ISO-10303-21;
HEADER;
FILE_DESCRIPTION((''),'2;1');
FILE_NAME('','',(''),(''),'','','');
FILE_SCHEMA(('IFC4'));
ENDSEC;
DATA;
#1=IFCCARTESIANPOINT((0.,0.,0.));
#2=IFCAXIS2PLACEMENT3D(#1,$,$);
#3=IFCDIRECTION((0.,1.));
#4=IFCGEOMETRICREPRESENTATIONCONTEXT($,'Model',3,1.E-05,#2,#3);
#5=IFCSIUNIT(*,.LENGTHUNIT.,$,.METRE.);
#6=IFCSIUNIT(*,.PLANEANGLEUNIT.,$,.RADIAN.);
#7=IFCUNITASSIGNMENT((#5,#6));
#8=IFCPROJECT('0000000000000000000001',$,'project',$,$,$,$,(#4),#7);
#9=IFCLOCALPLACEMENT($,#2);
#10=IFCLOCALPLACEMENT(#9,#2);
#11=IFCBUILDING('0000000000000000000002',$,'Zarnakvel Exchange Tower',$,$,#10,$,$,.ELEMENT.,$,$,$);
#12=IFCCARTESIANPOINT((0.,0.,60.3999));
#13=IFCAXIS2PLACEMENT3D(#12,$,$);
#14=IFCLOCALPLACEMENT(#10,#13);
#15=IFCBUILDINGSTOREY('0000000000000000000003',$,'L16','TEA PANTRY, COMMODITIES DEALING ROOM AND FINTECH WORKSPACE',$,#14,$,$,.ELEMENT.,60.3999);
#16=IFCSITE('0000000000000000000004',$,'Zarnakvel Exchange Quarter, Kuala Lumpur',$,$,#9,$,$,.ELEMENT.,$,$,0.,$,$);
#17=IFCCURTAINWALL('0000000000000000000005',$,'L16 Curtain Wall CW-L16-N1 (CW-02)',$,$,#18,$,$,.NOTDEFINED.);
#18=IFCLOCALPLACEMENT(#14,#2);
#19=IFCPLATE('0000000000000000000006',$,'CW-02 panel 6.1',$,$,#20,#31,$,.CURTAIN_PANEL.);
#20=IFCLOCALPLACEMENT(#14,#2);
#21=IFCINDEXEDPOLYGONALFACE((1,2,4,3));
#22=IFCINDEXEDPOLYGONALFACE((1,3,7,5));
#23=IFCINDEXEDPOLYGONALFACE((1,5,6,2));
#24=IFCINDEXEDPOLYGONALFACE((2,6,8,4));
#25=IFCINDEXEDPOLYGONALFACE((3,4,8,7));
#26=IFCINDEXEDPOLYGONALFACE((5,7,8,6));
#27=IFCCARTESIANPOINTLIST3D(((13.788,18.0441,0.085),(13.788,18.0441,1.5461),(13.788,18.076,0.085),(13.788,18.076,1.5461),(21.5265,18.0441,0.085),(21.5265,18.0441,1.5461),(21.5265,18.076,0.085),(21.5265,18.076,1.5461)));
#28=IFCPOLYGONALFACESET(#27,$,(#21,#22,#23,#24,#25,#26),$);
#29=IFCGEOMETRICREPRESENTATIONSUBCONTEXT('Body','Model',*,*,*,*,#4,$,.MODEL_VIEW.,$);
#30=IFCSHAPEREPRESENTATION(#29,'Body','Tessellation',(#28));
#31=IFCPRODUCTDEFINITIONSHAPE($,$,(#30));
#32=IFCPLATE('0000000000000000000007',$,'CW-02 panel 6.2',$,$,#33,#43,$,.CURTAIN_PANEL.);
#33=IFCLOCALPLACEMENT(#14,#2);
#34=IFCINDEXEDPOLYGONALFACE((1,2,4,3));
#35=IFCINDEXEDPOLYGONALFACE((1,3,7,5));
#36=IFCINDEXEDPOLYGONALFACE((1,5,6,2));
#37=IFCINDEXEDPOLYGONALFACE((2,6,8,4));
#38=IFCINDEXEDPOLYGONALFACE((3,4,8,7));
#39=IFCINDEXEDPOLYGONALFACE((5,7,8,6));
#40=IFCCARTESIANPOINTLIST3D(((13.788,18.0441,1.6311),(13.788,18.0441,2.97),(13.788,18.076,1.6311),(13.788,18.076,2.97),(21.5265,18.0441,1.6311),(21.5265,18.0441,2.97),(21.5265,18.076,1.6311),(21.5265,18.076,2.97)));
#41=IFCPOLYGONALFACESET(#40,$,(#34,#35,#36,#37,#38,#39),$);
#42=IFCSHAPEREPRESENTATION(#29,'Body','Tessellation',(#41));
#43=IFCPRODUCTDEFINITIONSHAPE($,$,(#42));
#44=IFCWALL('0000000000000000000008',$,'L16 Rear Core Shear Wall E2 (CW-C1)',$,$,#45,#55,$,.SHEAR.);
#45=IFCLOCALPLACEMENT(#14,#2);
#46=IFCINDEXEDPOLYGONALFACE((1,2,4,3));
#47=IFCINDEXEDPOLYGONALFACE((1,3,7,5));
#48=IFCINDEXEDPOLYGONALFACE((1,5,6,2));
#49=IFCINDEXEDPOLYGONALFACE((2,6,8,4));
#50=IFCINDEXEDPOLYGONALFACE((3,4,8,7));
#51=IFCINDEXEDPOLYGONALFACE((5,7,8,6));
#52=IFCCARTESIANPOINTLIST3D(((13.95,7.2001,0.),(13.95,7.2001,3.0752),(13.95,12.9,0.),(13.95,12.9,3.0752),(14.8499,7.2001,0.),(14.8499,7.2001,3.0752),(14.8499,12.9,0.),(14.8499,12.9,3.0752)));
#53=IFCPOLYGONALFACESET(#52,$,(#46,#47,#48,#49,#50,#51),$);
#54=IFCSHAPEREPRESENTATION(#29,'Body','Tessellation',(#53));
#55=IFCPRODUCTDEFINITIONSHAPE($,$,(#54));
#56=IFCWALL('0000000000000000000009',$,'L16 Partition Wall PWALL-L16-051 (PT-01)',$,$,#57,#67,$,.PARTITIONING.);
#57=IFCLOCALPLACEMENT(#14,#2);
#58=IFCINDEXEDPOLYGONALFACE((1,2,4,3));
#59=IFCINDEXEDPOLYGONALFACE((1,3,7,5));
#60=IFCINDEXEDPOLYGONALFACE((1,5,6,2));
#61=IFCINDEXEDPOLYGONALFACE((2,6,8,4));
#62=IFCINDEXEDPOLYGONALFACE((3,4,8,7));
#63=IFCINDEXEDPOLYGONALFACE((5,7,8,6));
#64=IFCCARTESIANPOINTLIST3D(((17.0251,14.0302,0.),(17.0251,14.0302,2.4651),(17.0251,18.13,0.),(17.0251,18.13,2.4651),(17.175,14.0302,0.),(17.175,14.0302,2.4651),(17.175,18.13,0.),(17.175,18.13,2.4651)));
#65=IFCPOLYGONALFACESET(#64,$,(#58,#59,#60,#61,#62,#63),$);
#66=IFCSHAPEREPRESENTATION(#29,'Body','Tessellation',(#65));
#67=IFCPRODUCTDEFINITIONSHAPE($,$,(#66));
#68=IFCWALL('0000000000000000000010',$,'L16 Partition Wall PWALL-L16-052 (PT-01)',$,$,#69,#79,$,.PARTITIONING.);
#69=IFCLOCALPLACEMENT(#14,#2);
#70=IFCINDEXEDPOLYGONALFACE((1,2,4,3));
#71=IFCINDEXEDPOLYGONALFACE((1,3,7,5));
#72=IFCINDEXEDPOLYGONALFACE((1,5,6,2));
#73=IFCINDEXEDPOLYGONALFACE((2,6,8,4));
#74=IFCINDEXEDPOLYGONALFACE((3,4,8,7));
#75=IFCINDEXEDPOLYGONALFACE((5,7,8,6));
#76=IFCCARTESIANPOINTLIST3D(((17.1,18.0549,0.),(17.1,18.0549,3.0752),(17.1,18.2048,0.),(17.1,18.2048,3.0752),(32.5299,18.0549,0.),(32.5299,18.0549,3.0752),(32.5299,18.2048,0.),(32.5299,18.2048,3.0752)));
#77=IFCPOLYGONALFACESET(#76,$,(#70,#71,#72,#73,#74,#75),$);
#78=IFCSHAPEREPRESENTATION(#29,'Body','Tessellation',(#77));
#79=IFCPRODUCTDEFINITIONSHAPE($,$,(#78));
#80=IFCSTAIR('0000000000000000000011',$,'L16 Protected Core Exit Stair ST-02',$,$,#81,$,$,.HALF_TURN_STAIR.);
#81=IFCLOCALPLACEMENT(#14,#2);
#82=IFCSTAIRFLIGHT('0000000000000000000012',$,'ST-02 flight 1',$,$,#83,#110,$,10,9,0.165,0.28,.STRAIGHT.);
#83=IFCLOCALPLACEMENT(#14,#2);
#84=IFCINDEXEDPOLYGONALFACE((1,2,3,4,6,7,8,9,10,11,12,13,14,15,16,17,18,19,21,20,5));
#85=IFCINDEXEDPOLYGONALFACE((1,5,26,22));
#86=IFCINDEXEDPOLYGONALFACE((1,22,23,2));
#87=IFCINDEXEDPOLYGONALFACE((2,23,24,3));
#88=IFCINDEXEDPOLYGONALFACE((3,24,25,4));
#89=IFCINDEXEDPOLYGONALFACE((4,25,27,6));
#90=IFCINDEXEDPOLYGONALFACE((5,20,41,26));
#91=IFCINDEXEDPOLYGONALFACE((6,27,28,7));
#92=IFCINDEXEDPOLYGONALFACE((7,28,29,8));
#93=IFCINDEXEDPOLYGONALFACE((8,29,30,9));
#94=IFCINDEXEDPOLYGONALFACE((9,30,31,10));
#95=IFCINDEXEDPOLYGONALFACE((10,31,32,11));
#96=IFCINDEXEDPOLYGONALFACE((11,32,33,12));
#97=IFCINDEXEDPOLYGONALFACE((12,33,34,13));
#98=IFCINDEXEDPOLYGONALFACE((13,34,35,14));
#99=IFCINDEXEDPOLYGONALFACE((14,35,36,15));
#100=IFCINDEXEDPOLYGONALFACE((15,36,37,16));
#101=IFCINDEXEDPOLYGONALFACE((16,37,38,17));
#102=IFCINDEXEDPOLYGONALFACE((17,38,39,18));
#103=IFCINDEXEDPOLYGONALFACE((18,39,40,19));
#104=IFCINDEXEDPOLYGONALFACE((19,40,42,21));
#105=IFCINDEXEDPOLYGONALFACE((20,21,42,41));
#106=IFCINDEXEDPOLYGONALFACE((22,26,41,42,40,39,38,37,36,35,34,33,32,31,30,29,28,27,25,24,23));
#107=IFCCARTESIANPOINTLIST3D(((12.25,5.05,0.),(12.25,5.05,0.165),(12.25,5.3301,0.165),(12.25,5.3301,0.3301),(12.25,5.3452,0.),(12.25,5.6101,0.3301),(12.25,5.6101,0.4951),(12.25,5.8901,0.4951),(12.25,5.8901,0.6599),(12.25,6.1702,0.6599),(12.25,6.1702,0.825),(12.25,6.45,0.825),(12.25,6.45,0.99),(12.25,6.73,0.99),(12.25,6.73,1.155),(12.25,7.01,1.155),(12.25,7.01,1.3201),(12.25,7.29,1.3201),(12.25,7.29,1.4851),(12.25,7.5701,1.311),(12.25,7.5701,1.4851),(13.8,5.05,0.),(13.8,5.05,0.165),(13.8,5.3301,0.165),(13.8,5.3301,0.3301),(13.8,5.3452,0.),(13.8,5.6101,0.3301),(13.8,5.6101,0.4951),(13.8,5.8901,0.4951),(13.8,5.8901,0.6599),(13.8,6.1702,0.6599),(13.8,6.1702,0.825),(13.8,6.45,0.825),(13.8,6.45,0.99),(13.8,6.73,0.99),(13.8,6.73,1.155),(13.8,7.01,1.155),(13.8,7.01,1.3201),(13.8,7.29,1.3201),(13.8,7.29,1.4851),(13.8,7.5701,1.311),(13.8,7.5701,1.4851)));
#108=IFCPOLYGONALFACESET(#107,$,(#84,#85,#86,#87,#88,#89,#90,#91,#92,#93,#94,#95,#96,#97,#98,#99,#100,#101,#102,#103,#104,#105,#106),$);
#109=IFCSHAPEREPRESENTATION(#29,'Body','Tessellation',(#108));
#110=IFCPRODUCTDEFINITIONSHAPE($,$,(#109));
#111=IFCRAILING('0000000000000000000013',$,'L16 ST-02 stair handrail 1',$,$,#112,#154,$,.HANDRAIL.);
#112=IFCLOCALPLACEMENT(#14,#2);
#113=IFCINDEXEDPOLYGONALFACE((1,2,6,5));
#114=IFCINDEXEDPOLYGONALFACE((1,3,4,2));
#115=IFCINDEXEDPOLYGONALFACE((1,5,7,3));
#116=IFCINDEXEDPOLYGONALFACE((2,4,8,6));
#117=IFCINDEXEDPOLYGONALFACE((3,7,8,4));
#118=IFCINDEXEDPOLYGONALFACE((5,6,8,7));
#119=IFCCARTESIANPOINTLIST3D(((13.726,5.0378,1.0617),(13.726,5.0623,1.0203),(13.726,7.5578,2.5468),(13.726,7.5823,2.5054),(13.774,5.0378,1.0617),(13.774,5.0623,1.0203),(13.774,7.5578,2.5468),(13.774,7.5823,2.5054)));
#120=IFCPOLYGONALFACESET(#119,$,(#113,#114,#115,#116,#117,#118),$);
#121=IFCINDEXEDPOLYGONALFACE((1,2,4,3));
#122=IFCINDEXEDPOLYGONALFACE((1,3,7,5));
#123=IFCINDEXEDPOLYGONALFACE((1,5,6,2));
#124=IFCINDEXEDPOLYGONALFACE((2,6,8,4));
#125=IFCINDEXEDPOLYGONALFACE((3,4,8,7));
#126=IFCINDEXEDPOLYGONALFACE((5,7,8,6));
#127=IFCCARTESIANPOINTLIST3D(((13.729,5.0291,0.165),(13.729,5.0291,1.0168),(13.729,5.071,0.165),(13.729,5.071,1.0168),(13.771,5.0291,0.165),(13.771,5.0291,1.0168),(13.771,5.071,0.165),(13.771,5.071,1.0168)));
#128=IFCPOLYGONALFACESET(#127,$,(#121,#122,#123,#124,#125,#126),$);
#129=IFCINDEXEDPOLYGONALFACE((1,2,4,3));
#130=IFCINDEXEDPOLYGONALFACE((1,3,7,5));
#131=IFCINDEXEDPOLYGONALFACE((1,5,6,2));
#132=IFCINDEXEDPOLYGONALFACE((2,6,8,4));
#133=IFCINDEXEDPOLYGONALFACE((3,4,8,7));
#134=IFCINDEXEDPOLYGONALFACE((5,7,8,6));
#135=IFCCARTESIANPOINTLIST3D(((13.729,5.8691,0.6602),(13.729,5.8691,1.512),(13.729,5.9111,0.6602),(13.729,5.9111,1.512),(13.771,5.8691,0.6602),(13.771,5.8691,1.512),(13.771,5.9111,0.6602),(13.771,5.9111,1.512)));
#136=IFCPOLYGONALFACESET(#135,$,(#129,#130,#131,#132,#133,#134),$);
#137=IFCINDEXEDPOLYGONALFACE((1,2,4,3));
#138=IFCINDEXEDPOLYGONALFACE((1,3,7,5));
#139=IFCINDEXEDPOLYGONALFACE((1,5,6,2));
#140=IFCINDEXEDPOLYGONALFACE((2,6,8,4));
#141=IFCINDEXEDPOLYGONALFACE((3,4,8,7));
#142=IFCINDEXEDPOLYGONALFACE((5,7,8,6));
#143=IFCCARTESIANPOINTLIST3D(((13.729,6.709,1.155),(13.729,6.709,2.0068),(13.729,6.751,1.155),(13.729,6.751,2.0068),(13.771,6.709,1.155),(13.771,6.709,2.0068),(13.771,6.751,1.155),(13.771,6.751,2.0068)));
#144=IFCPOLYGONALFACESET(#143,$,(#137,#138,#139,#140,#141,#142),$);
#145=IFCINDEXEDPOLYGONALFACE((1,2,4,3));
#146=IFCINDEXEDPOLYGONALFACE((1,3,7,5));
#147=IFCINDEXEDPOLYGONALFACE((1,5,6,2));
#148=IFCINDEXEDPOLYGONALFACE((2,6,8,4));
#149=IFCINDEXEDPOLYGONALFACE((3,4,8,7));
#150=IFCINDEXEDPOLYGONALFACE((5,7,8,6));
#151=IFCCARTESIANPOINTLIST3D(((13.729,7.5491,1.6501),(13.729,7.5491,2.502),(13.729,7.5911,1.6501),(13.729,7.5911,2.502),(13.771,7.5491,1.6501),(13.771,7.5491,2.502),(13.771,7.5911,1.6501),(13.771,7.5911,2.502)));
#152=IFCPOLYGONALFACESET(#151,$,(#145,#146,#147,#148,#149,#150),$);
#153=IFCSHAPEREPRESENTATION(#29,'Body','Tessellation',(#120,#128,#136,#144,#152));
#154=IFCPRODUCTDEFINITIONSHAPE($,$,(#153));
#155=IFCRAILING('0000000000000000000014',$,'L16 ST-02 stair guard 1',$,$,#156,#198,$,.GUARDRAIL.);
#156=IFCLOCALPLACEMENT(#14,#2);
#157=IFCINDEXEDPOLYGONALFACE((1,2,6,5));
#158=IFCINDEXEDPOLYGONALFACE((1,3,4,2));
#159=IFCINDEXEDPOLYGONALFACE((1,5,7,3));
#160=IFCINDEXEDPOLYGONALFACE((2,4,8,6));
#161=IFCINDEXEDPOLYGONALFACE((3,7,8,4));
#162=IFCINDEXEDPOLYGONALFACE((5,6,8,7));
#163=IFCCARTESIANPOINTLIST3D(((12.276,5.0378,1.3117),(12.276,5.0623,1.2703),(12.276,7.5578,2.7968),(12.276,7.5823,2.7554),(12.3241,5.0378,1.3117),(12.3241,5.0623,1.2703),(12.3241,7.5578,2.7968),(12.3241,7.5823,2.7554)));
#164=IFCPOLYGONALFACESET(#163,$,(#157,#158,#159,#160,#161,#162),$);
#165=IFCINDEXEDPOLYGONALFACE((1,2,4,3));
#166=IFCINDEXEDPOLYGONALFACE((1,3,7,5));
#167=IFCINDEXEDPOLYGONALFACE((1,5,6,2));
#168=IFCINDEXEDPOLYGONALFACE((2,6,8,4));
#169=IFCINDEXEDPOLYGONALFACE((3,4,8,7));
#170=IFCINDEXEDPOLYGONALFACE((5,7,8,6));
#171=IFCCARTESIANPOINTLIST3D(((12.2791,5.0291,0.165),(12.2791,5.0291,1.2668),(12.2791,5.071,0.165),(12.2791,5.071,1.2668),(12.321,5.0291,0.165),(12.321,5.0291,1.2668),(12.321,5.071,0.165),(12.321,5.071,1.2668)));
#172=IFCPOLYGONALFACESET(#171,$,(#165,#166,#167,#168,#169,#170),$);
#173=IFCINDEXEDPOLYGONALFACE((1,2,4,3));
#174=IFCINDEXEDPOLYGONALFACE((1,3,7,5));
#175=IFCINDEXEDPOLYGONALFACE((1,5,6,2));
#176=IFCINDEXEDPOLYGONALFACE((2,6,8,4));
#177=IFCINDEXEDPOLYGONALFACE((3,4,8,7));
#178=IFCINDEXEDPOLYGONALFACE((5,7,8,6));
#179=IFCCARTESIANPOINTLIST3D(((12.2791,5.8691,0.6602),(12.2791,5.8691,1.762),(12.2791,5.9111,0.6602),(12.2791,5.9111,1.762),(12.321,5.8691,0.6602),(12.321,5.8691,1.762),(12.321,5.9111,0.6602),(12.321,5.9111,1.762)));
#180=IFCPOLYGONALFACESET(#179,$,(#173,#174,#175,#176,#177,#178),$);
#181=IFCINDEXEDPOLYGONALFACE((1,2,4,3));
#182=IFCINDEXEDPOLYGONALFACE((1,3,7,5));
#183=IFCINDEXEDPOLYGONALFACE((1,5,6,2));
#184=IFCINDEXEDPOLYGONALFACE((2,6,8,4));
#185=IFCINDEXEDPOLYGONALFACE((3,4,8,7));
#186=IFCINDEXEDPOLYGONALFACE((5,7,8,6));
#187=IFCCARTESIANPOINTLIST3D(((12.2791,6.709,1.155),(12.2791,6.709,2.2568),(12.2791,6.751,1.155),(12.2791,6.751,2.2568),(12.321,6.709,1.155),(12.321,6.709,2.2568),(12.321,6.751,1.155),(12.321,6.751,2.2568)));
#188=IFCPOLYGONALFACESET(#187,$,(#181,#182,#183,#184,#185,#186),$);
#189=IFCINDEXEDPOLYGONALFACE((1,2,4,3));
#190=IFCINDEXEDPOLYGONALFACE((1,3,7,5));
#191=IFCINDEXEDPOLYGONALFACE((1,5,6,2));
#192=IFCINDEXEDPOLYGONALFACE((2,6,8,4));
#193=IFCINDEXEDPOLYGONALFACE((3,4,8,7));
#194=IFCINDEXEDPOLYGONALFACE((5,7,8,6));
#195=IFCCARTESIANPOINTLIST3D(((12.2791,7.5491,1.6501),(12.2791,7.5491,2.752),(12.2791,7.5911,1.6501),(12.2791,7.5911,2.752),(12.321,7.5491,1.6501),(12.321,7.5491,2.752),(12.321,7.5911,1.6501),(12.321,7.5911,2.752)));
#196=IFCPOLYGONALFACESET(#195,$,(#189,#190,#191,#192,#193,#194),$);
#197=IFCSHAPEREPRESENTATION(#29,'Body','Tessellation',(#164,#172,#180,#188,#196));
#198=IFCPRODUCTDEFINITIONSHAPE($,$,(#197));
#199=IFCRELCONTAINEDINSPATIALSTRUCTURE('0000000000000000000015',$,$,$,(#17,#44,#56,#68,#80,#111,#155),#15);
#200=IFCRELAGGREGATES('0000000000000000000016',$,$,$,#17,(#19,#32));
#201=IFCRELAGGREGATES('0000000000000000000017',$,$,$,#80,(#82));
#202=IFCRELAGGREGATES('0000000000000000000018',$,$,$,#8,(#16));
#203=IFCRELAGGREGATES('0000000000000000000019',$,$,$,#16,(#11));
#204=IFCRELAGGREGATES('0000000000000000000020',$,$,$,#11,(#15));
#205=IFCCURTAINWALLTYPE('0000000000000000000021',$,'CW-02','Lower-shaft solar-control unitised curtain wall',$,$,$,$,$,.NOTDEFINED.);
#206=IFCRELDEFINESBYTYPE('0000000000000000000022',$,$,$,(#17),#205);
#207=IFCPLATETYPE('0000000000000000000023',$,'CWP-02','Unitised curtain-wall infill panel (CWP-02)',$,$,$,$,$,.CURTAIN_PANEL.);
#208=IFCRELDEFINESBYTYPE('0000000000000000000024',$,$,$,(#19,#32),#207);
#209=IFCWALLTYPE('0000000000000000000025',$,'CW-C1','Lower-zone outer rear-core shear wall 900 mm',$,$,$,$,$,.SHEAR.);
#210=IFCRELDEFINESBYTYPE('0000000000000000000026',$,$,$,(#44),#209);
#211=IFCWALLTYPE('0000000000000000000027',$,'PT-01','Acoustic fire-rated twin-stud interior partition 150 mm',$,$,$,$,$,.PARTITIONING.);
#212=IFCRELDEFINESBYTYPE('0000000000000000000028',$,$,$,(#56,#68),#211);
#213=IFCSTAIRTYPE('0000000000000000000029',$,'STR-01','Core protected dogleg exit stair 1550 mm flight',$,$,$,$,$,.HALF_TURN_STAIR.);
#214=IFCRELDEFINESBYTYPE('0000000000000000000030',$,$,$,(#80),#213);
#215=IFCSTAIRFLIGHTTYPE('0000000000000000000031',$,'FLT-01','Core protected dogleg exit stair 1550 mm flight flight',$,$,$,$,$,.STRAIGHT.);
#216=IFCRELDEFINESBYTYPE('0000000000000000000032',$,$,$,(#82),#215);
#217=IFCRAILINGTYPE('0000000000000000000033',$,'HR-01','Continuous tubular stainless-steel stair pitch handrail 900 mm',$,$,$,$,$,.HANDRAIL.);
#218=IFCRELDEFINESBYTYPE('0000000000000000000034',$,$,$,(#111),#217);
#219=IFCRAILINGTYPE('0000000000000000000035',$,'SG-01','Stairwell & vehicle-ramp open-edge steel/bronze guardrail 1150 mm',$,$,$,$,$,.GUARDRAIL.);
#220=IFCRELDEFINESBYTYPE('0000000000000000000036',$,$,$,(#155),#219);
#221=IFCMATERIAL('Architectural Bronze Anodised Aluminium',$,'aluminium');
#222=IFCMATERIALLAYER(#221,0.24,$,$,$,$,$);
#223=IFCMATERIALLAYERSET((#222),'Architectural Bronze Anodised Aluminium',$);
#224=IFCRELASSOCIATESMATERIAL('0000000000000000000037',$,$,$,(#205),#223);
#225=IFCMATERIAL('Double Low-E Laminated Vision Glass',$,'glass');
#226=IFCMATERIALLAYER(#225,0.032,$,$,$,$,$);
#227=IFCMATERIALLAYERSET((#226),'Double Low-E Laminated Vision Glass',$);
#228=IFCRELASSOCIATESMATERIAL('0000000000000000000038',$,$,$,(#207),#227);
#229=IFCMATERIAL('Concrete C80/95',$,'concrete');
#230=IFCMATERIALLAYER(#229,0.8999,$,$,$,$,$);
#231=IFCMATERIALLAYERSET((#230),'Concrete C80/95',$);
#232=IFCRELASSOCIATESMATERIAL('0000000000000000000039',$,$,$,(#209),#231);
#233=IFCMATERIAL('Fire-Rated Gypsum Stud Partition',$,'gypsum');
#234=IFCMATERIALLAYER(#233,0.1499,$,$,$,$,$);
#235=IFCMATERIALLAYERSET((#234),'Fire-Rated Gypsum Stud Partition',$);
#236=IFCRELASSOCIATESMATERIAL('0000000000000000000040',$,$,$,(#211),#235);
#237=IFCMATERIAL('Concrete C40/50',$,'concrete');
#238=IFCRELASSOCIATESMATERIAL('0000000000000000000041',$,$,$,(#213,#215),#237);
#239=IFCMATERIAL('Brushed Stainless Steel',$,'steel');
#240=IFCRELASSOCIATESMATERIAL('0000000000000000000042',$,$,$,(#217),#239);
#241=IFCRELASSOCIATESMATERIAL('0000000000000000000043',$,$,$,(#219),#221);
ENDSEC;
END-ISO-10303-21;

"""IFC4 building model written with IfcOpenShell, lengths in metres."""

from ifc_helpers import new_model, si_unit, direction, frame, frame_2d, origin, origin_2d, place, context, subcontext, project, spatial, polyline, rectangle, outline, extrude, source, transform, mapped, material, layer, layer_set, type_object, element, aggregate, save


model = new_model("IFC4")

# Units and contexts
model_context = context("Model", 3, precision=1e-05, world=origin(), true_north=direction((0.0, 1.0)))
body_context = subcontext(model_context, "Body", "Model", "MODEL_VIEW")
ifc_project = project(units=[si_unit("LENGTHUNIT", "METRE"), si_unit("PLANEANGLEUNIT", "RADIAN")], contexts=[model_context])

# Site, building, storey
site_placement = place(None, origin())
site = spatial("IfcSite", under=ifc_project, at=site_placement, Name="Zarnakvel Exchange Quarter, Kuala Lumpur", CompositionType="ELEMENT", RefElevation=0.0)
building_placement = place(site_placement, origin())
building = spatial("IfcBuilding", under=site, at=building_placement, Name="Zarnakvel Exchange Tower", CompositionType="ELEMENT")
storey_placement = place(building_placement, frame((0.0, 0.0, 60.3999)))
storey = spatial("IfcBuildingStorey", under=building, at=storey_placement, Name="L16", Description="TEA PANTRY, COMMODITIES DEALING ROOM AND FINTECH WORKSPACE", CompositionType="ELEMENT", Elevation=60.3999)

# Shared definitions
ifc_material_1 = material(Name="Concrete C80/95", Category="concrete")

# Curtain wall, plates
ifc_material_2 = material(Name="Architectural Bronze Anodised Aluminium", Category="aluminium")
ifc_layer_1 = layer(ifc_material_2, 0.24)
ifc_layer_set_1 = layer_set([ifc_layer_1], Name="Architectural Bronze Anodised Aluminium")
curtain_wall_type = type_object("IfcCurtainWallType", Name="CW-02", Description="Lower-shaft solar-control unitised curtain wall", PredefinedType="NOTDEFINED", material=ifc_layer_set_1)
curtain_wall_placement = place(storey_placement, origin())
curtain_wall = element("IfcCurtainWall", 1, at=curtain_wall_placement, inside=storey, type_object=curtain_wall_type, Name="L16 Curtain Wall CW-L16-N1 (CW-02)", PredefinedType="NOTDEFINED")
ifc_material_3 = material(Name="Double Low-E Laminated Vision Glass", Category="glass")
ifc_layer_2 = layer(ifc_material_3, 0.032)
ifc_layer_set_2 = layer_set([ifc_layer_2], Name="Double Low-E Laminated Vision Glass")
plate_type = type_object("IfcPlateType", Name="CWP-02", Description="Unitised curtain-wall infill panel (CWP-02)", PredefinedType="CURTAIN_PANEL", material=ifc_layer_set_2)
shared_shape_1 = source(origin(), body_context, "Body", "SweptSolid", [
    extrude(rectangle(XDim=7.7385, YDim=0.032, at=origin_2d()), origin(), (0.0, 0.0, 1.0), 1.4612),
])
plate_1_placement = place(storey_placement, frame((17.6572, 18.0601, 0.085), z_axis=(0.0, 0.0, 1.0), x_axis=(1.0, 0.0, 0.0)))
plate_1 = element("IfcPlate", 2, at=plate_1_placement, type_object=plate_type, Name="CW-02 panel 6.1", PredefinedType="CURTAIN_PANEL", context=body_context, shape_type="MappedRepresentation", body=[
    mapped(shared_shape_1, transform((0.0, 0.0, 0.0), x_axis=(1.0, 0.0, 0.0), y_axis=(0.0, 1.0, 0.0), z_axis=(0.0, 0.0, 1.0), scale=1.0)),
])
shared_shape_2 = source(origin(), body_context, "Body", "SweptSolid", [
    extrude(rectangle(XDim=7.7385, YDim=0.032, at=origin_2d()), origin(), (0.0, 0.0, 1.0), 1.3389),
])
plate_2_placement = place(storey_placement, frame((17.6572, 18.0601, 1.6311), z_axis=(0.0, 0.0, 1.0), x_axis=(1.0, 0.0, 0.0)))
plate_2 = element("IfcPlate", 3, at=plate_2_placement, type_object=plate_type, Name="CW-02 panel 6.2", PredefinedType="CURTAIN_PANEL", context=body_context, shape_type="MappedRepresentation", body=[
    mapped(shared_shape_2, transform((0.0, 0.0, 0.0), x_axis=(1.0, 0.0, 0.0), y_axis=(0.0, 1.0, 0.0), z_axis=(0.0, 0.0, 1.0), scale=1.0)),
])
aggregate(curtain_wall, [plate_1, plate_2])

# Walls
ifc_layer_3 = layer(ifc_material_1, 0.8999)
ifc_layer_set_3 = layer_set([ifc_layer_3], Name="Concrete C80/95")
wall_type_1 = type_object("IfcWallType", Name="CW-C1", Description="Lower-zone outer rear-core shear wall 900 mm", PredefinedType="SHEAR", material=ifc_layer_set_3)
wall_1_placement = place(storey_placement, frame((14.3999, 7.2, 0.0), z_axis=(0.0, 0.0, 1.0), x_axis=(0.0, 1.0, 0.0)))
element("IfcWall", 4, at=wall_1_placement, inside=storey, type_object=wall_type_1, Name="L16 Rear Core Shear Wall E2 (CW-C1)", PredefinedType="SHEAR", context=body_context, shape_type="SweptSolid", body=[
    extrude(rectangle(XDim=5.7, YDim=0.8999, at=frame_2d((2.8501, 0.0))), origin(), (0.0, 0.0, 1.0), 3.0752),
])
ifc_material_4 = material(Name="Fire-Rated Gypsum Stud Partition", Category="gypsum")
ifc_layer_4 = layer(ifc_material_4, 0.1499)
ifc_layer_set_4 = layer_set([ifc_layer_4], Name="Fire-Rated Gypsum Stud Partition")
wall_type_2 = type_object("IfcWallType", Name="PT-01", Description="Acoustic fire-rated twin-stud interior partition 150 mm", PredefinedType="PARTITIONING", material=ifc_layer_set_4)
wall_2_placement = place(storey_placement, frame((17.1001, 18.1299, 0.0), z_axis=(0.0, 0.0, 1.0), x_axis=(0.0, -1.0, 0.0)))
element("IfcWall", 5, at=wall_2_placement, inside=storey, type_object=wall_type_2, Name="L16 Partition Wall PWALL-L16-051 (PT-01)", PredefinedType="PARTITIONING", context=body_context, shape_type="SweptSolid", body=[
    extrude(rectangle(XDim=4.0999, YDim=0.1499, at=frame_2d((2.0498, 0.0))), origin(), (0.0, 0.0, 1.0), 2.4651),
])
wall_3_placement = place(storey_placement, frame((17.1001, 18.1299, 0.0), z_axis=(0.0, 0.0, 1.0), x_axis=(1.0, 0.0, 0.0)))
element("IfcWall", 6, at=wall_3_placement, inside=storey, type_object=wall_type_2, Name="L16 Partition Wall PWALL-L16-052 (PT-01)", PredefinedType="PARTITIONING", context=body_context, shape_type="SweptSolid", body=[
    extrude(rectangle(XDim=15.4299, YDim=0.1499, at=frame_2d((7.7148, 0.0))), origin(), (0.0, 0.0, 1.0), 3.0752),
])

# Shared definitions
ifc_material_5 = material(Name="Concrete C40/50", Category="concrete")

# Stair, stair flight
stair_type = type_object("IfcStairType", Name="STR-01", Description="Core protected dogleg exit stair 1550 mm flight", PredefinedType="HALF_TURN_STAIR", material=ifc_material_5)
stair_placement = place(storey_placement, origin())
stair = element("IfcStair", 7, at=stair_placement, inside=storey, type_object=stair_type, Name="L16 Protected Core Exit Stair ST-02", PredefinedType="HALF_TURN_STAIR")
stair_flight_type = type_object("IfcStairFlightType", Name="FLT-01", Description="Core protected dogleg exit stair 1550 mm flight flight", PredefinedType="STRAIGHT", material=ifc_material_5)
stair_flight_placement = place(storey_placement, frame((13.0249, 5.05, 0.0), z_axis=(0.0, 0.0, 1.0), x_axis=(0.0, 1.0, 0.0)))
stair_flight = element("IfcStairFlight", 8, at=stair_flight_placement, type_object=stair_flight_type, Name="ST-02 flight 1", NumberOfRisers=10, NumberOfTreads=9, PredefinedType="STRAIGHT", RiserHeight=0.165, TreadLength=0.28, context=body_context, shape_type="SweptSolid", body=[
    extrude(outline(polyline([(0.0, 0.0), (0.0, 0.165), (0.28, 0.165), (0.28, 0.3301), (0.5601, 0.3301), (0.5601, 0.4951), (0.8401, 0.4951), (0.8401, 0.6599), (1.1201, 0.6599), (1.1201, 0.825), (1.3999, 0.825), (1.3999, 0.99), (1.6799, 0.99), (1.6799, 1.155), (1.96, 1.155), (1.96, 1.3201), (2.24, 1.3201), (2.24, 1.4851), (2.52, 1.4851), (2.52, 1.6499), (2.52, 1.311), (0.2952, 0.0), (0.0, 0.0)])), frame((0.0, 0.7749, 0.0), z_axis=(0.0, -1.0, 0.0), x_axis=(1.0, 0.0, 0.0)), (0.0, 0.0, 1.0), 1.55),
])
aggregate(stair, [stair_flight])

# Railings
ifc_material_6 = material(Name="Brushed Stainless Steel", Category="steel")
railing_type_1 = type_object("IfcRailingType", Name="HR-01", Description="Continuous tubular stainless-steel stair pitch handrail 900 mm", PredefinedType="HANDRAIL", material=ifc_material_6)
railing_1_placement = place(storey_placement, frame((13.75, 5.05, 0.165)))
element("IfcRailing", 9, at=railing_1_placement, inside=storey, type_object=railing_type_1, Name="L16 ST-02 stair handrail 1", PredefinedType="HANDRAIL", context=body_context, shape_type="SweptSolid", body=[
    extrude(rectangle(XDim=0.0481, YDim=0.0481, at=origin_2d()), frame((0.0, 0.0, 0.876), z_axis=(0.0, 0.861524, 0.507717), x_axis=(-1.0, 0.0, 0.0)), (0.0, 0.0, 1.0), 2.925),
    extrude(rectangle(XDim=0.042, YDim=0.042, at=origin_2d()), origin(), (0.0, 0.0, 1.0), 0.8518),
    extrude(rectangle(XDim=0.042, YDim=0.042, at=origin_2d()), frame((0.0, 0.8401, 0.4951)), (0.0, 0.0, 1.0), 0.8518),
    extrude(rectangle(XDim=0.042, YDim=0.042, at=origin_2d()), frame((0.0, 1.6799, 0.99)), (0.0, 0.0, 1.0), 0.8518),
    extrude(rectangle(XDim=0.042, YDim=0.042, at=origin_2d()), frame((0.0, 2.52, 1.4851)), (0.0, 0.0, 1.0), 0.8518),
])
railing_type_2 = type_object("IfcRailingType", Name="SG-01", Description="Stairwell & vehicle-ramp open-edge steel/bronze guardrail 1150 mm", PredefinedType="GUARDRAIL", material=ifc_material_2)
railing_2_placement = place(storey_placement, frame((12.3, 5.05, 0.165)))
element("IfcRailing", 10, at=railing_2_placement, inside=storey, type_object=railing_type_2, Name="L16 ST-02 stair guard 1", PredefinedType="GUARDRAIL", context=body_context, shape_type="SweptSolid", body=[
    extrude(rectangle(XDim=0.0481, YDim=0.0481, at=origin_2d()), frame((0.0, 0.0, 1.126), z_axis=(0.0, 0.861524, 0.507717), x_axis=(-1.0, 0.0, 0.0)), (0.0, 0.0, 1.0), 2.925),
    extrude(rectangle(XDim=0.042, YDim=0.042, at=origin_2d()), origin(), (0.0, 0.0, 1.0), 1.1018),
    extrude(rectangle(XDim=0.042, YDim=0.042, at=origin_2d()), frame((0.0, 0.8401, 0.4951)), (0.0, 0.0, 1.0), 1.1018),
    extrude(rectangle(XDim=0.042, YDim=0.042, at=origin_2d()), frame((0.0, 1.6799, 0.99)), (0.0, 0.0, 1.0), 1.1018),
    extrude(rectangle(XDim=0.042, YDim=0.042, at=origin_2d()), frame((0.0, 2.52, 1.4851)), (0.0, 0.0, 1.0), 1.1018),
])

save(model, "model.ifc")
